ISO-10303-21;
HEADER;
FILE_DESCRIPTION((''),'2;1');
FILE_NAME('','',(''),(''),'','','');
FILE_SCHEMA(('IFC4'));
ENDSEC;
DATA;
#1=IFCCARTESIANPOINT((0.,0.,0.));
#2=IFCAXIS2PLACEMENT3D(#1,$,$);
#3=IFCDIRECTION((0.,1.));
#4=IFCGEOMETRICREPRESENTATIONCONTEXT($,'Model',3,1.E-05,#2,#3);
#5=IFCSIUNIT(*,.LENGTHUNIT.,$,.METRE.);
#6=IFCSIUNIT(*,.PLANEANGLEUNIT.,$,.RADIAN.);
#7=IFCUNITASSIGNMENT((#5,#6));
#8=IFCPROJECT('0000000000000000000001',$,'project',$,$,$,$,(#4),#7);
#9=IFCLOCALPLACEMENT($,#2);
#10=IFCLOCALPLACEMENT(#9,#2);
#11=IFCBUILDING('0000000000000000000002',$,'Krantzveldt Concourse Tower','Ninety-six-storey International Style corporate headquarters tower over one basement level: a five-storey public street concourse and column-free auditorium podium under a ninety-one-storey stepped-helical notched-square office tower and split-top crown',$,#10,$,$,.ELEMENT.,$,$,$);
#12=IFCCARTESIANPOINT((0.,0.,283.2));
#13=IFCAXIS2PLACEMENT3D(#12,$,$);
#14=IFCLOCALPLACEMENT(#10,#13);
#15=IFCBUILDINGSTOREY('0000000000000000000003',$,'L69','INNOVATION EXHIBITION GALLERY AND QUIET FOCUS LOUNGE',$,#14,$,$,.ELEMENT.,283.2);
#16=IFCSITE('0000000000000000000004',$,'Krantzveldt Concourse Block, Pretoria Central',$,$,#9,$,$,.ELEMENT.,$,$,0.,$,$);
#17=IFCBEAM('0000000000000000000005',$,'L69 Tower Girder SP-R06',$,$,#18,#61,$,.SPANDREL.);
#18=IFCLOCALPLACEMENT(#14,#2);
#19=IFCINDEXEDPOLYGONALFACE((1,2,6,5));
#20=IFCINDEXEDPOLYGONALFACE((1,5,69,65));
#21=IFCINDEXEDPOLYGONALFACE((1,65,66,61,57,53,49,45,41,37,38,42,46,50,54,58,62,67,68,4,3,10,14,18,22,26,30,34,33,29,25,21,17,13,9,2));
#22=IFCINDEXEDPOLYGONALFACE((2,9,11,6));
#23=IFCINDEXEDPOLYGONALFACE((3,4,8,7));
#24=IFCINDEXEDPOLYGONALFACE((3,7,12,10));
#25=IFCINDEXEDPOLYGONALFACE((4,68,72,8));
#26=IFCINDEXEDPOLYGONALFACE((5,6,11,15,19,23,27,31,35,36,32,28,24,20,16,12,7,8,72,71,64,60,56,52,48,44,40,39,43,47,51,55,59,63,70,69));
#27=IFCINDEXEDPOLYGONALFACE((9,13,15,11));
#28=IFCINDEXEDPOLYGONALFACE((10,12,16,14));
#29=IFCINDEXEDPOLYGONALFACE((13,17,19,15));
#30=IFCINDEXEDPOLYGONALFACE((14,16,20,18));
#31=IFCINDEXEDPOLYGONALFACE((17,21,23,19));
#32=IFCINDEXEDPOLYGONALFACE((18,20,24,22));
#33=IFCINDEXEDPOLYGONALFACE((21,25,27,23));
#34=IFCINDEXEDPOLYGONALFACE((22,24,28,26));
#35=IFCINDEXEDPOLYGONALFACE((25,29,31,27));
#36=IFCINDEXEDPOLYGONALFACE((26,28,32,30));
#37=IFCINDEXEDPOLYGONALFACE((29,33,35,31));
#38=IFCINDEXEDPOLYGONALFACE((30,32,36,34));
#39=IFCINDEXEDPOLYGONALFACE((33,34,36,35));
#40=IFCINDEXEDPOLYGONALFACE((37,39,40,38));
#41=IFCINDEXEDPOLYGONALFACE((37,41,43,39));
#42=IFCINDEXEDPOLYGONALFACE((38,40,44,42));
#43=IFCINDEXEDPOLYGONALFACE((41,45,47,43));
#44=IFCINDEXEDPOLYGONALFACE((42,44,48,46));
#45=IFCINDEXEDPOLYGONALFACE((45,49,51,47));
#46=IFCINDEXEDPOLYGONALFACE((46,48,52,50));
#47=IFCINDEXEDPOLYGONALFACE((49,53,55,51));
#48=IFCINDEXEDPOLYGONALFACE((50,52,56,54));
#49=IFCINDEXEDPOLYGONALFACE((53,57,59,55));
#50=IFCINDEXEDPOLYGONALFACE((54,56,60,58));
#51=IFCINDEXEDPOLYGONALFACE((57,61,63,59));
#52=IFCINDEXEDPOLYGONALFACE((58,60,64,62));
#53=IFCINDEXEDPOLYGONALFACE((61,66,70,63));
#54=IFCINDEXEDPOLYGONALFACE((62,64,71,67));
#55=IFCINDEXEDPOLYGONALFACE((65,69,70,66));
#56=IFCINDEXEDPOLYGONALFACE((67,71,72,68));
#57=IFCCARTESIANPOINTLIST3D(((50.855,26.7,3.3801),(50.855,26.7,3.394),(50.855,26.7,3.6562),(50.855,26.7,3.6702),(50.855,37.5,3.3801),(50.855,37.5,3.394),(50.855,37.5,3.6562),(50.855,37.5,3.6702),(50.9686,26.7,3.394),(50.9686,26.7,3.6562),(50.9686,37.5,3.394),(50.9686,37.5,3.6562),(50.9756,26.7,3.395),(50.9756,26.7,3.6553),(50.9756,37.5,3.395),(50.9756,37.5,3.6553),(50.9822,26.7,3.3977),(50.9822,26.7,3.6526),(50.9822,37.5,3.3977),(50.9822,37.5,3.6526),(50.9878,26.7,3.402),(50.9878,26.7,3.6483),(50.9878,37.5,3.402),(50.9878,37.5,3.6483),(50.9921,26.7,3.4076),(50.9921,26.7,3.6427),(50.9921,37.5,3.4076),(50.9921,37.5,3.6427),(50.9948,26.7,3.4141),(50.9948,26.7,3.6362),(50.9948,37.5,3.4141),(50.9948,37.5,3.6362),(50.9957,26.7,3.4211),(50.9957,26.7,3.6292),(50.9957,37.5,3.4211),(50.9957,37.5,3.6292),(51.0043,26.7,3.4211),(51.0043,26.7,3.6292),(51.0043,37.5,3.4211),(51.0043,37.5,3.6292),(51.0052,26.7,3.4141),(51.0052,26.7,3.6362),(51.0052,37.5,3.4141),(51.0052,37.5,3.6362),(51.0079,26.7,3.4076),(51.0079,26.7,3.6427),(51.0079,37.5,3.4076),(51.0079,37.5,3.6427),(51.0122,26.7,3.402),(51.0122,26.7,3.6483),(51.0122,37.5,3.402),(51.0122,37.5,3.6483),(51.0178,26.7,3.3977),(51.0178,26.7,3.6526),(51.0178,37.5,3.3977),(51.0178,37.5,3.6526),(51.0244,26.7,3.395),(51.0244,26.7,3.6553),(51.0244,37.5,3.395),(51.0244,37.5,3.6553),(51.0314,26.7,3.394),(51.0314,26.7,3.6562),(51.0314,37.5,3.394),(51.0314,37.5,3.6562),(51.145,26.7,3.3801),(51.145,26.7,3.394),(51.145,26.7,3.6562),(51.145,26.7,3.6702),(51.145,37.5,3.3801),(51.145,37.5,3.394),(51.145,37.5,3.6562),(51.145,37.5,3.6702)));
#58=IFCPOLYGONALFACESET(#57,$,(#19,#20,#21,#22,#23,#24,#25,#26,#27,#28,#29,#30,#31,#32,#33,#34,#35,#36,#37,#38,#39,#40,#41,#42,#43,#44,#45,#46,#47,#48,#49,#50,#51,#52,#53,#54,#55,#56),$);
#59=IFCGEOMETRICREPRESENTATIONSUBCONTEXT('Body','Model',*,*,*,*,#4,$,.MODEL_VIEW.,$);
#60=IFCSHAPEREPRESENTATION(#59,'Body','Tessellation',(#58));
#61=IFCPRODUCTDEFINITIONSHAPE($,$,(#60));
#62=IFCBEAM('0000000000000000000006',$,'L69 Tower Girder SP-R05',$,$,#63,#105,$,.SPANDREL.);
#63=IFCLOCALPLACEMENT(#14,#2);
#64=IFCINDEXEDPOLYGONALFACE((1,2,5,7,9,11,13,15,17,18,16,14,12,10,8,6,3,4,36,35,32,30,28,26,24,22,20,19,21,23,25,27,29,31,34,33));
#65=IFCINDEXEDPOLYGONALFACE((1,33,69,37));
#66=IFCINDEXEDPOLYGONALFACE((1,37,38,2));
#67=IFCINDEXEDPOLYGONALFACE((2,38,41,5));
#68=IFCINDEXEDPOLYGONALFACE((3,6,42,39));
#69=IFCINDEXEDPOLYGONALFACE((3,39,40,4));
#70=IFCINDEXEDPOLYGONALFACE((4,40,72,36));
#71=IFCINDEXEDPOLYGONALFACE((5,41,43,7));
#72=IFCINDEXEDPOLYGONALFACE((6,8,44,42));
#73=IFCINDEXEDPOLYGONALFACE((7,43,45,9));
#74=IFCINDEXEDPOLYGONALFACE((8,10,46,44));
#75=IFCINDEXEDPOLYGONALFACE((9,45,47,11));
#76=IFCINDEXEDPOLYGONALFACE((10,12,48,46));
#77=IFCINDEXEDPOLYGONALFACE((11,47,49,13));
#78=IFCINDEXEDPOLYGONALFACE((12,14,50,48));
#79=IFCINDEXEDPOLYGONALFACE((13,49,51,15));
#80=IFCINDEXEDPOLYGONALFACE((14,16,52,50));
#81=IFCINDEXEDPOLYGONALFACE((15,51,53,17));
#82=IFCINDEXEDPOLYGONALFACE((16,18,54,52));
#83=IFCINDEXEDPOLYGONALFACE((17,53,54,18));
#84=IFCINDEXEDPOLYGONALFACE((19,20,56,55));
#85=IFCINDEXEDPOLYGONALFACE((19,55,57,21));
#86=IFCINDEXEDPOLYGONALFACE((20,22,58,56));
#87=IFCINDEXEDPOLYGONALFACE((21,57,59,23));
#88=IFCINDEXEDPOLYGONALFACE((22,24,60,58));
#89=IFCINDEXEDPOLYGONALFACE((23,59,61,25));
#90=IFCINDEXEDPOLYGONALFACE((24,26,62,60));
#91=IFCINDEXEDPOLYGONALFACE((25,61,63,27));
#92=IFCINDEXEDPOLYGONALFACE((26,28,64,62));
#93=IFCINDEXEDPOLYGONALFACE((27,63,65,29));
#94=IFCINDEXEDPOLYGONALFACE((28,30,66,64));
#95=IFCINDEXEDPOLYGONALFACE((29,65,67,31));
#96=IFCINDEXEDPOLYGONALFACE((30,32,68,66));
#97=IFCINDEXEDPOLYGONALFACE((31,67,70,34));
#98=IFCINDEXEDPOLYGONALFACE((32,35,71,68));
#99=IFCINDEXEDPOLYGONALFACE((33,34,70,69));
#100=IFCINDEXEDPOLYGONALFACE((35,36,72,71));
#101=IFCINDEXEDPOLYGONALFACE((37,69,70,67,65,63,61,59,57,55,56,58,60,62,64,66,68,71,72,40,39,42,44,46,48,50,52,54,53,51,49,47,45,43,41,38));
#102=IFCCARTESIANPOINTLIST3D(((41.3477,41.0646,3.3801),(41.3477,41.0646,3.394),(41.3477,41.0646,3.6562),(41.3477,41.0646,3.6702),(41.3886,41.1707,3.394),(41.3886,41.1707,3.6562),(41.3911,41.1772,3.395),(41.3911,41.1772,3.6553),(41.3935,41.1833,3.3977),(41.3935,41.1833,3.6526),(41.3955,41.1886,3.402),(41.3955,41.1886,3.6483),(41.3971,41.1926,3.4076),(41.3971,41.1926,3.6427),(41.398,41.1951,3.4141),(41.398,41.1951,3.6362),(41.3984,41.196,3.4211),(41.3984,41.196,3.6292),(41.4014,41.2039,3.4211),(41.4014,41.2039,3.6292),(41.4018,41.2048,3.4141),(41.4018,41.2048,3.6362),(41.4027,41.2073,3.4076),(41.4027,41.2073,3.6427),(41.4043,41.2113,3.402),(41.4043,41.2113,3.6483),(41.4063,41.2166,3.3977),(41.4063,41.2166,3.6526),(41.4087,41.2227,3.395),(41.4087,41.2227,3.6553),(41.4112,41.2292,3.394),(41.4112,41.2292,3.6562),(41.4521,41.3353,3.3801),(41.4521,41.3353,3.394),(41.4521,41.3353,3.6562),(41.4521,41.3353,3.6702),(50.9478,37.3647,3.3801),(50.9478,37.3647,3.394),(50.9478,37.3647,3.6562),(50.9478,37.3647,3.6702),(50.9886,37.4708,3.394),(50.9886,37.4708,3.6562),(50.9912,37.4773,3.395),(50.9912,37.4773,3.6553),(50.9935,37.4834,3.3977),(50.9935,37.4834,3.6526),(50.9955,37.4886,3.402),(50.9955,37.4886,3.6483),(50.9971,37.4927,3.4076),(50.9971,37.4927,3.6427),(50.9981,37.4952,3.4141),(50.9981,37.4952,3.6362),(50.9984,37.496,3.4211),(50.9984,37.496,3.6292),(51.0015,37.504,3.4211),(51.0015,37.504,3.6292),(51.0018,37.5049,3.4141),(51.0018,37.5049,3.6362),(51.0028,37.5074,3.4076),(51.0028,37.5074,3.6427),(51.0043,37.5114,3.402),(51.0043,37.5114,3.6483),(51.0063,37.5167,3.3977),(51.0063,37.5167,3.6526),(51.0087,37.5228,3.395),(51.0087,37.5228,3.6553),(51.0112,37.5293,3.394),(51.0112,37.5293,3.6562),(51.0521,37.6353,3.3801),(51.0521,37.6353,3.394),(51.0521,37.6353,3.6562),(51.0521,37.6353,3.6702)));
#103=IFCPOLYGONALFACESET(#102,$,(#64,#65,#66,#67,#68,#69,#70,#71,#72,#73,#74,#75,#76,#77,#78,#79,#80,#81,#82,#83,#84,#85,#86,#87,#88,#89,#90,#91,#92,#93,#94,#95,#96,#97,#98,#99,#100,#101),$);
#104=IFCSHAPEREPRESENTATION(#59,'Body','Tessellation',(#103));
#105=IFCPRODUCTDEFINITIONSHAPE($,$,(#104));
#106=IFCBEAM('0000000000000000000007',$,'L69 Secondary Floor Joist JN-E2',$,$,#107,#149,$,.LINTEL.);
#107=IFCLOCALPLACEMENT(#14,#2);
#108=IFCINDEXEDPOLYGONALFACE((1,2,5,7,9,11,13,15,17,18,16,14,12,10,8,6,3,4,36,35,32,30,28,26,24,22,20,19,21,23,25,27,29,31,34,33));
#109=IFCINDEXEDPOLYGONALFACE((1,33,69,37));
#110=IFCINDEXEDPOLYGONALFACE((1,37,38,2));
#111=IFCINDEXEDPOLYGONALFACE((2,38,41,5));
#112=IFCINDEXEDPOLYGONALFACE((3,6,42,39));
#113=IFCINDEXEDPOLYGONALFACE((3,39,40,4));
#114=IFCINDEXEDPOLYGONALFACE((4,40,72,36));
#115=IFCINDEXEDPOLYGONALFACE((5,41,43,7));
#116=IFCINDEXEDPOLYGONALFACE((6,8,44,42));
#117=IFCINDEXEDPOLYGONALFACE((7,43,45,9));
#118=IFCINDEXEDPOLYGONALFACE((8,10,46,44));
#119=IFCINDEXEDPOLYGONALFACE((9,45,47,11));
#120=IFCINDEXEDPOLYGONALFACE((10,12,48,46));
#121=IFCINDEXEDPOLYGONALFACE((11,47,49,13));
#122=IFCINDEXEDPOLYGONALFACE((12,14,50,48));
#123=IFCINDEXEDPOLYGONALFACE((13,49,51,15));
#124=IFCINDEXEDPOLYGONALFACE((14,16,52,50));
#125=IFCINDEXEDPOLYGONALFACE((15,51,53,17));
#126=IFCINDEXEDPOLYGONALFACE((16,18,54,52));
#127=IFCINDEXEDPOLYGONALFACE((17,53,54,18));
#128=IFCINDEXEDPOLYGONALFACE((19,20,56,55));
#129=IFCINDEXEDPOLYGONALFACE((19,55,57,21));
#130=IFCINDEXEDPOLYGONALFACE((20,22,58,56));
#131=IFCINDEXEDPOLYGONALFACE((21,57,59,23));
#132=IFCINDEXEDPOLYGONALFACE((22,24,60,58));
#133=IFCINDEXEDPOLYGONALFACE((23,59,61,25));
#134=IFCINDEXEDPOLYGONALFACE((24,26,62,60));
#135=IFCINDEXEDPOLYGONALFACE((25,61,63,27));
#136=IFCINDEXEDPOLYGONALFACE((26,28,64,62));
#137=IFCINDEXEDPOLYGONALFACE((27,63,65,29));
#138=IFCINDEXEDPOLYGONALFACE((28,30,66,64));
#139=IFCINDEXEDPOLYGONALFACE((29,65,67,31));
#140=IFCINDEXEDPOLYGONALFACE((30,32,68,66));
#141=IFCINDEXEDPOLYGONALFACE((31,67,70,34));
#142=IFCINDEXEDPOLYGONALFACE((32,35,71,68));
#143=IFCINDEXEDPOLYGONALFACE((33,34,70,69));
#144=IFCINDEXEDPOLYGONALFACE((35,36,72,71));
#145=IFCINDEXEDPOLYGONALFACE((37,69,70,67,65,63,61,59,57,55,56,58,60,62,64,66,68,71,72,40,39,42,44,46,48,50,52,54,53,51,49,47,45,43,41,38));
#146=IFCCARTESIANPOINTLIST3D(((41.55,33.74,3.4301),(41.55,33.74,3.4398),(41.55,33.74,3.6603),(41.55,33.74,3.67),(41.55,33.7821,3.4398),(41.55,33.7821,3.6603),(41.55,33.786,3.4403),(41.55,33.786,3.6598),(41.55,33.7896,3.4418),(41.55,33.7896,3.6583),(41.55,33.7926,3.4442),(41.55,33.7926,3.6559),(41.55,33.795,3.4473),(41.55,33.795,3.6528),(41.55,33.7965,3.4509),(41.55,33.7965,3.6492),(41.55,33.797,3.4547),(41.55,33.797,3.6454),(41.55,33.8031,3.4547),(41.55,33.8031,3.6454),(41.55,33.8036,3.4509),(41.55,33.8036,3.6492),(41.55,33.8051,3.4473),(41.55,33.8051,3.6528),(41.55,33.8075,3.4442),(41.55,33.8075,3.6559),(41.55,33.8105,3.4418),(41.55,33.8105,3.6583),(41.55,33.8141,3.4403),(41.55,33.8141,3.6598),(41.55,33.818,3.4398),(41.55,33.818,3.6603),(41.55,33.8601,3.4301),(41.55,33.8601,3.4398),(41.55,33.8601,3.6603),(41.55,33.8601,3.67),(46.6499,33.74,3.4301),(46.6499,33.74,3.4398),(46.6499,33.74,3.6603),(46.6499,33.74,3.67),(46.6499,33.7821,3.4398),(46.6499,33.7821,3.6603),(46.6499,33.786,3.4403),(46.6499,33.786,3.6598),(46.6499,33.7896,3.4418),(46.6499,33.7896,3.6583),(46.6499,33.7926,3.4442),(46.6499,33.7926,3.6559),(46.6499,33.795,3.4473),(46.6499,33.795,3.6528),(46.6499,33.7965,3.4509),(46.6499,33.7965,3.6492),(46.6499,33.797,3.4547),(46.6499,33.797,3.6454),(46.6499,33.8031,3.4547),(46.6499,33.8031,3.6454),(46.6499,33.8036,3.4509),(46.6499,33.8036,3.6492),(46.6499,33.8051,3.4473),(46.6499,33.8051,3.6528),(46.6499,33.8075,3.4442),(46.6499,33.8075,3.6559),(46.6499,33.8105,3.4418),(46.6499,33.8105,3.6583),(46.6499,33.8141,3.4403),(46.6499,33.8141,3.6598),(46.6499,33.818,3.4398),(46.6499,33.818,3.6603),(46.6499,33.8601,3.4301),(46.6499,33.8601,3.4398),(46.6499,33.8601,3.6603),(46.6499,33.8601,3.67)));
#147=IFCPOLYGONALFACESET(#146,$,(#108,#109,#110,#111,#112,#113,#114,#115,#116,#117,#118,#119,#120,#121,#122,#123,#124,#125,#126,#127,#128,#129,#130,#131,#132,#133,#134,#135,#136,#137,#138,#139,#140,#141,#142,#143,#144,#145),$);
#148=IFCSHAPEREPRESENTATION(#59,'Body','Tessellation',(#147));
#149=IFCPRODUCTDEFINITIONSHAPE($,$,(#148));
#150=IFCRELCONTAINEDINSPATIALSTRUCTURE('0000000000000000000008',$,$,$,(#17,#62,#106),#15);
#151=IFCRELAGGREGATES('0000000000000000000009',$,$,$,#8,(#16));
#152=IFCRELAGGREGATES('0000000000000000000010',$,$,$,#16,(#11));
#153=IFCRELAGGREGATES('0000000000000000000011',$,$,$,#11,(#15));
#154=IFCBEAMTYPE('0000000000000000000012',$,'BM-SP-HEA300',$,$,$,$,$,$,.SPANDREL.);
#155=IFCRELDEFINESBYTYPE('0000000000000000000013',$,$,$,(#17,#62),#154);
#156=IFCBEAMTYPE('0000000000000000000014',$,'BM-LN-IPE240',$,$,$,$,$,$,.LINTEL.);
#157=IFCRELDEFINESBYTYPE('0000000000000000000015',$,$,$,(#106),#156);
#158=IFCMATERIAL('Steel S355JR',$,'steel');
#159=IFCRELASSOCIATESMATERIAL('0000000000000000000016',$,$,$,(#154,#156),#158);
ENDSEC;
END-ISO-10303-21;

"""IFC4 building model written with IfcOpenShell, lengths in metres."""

from ifc_helpers import new_model, si_unit, direction, frame, origin, origin_2d, place, context, subcontext, project, spatial, i_section, extrude, source, transform, mapped, material, material_profile, profile_set, type_object, type_shapes, element, save


model = new_model("IFC4")

# Units and contexts
model_context = context("Model", 3, precision=1e-05, world=origin(), true_north=direction((0.0, 1.0)))
body_context = subcontext(model_context, "Body", "Model", "MODEL_VIEW")
ifc_project = project(units=[si_unit("LENGTHUNIT", "METRE"), si_unit("PLANEANGLEUNIT", "RADIAN")], contexts=[model_context])

# Site, building, storey
site_placement = place(None, origin())
site = spatial("IfcSite", under=ifc_project, at=site_placement, Name="Krantzveldt Concourse Block, Pretoria Central", CompositionType="ELEMENT", RefElevation=0.0)
building_placement = place(site_placement, origin())
building = spatial("IfcBuilding", under=site, at=building_placement, Name="Krantzveldt Concourse Tower", Description="Ninety-six-storey International Style corporate headquarters tower over one basement level: a five-storey public street concourse and column-free auditorium podium under a ninety-one-storey stepped-helical notched-square office tower and split-top crown", CompositionType="ELEMENT")
storey_placement = place(building_placement, frame((0.0, 0.0, 283.2)))
storey = spatial("IfcBuildingStorey", under=building, at=storey_placement, Name="L69", Description="INNOVATION EXHIBITION GALLERY AND QUIET FOCUS LOUNGE", CompositionType="ELEMENT", Elevation=283.2)

# Beams
ifc_material_1 = material(Name="Steel S355JR", Category="steel")
ifc_material_profile_1 = material_profile(ifc_material_1, i_section(OverallWidth=0.29, OverallDepth=0.29, WebThickness=0.0085, FlangeThickness=0.0139, FilletRadius=0.0271, at=origin_2d()), Name="Steel S355JR", Category="steel")
ifc_profile_set_1 = profile_set([ifc_material_profile_1], Name="Steel S355JR - HEA 300")
beam_type_1 = type_object("IfcBeamType", Name="BM-SP-HEA300", PredefinedType="SPANDREL", material=ifc_profile_set_1)
shared_shape_1 = source(origin(), body_context, "Body", "SweptSolid", [
    extrude(i_section(OverallWidth=0.29, OverallDepth=0.29, WebThickness=0.0085, FlangeThickness=0.0139, FilletRadius=0.0271, at=origin_2d()), origin(), (0.0, 0.0, 1.0), 10.8),
])
beam_1_placement = place(storey_placement, frame((51.0, 37.5, 3.5251), z_axis=(0.0, -1.0, 0.0), x_axis=(1.0, 0.0, 0.0)))
element("IfcBeam", 1, at=beam_1_placement, inside=storey, type_object=beam_type_1, Name="L69 Tower Girder SP-R06", PredefinedType="SPANDREL", context=body_context, shape_type="MappedRepresentation", body=[
    mapped(shared_shape_1, transform((0.0, 0.0, 0.0), x_axis=(1.0, 0.0, 0.0), y_axis=(0.0, 1.0, 0.0), z_axis=(0.0, 0.0, 1.0), scale=1.0)),
])
shared_shape_2 = source(origin(), body_context, "Body", "SweptSolid", [
    extrude(i_section(OverallWidth=0.29, OverallDepth=0.29, WebThickness=0.0085, FlangeThickness=0.0139, FilletRadius=0.0271, at=origin_2d()), origin(), (0.0, 0.0, 1.0), 10.2883),
])
type_shapes(beam_type_1, [shared_shape_1, shared_shape_2])
beam_2_placement = place(storey_placement, frame((41.3999, 41.2, 3.5251), z_axis=(0.933098, -0.359623, 0.0), x_axis=(0.359623, 0.933098, 0.0)))
element("IfcBeam", 2, at=beam_2_placement, inside=storey, type_object=beam_type_1, Name="L69 Tower Girder SP-R05", PredefinedType="SPANDREL", context=body_context, shape_type="MappedRepresentation", body=[
    mapped(shared_shape_2, transform((0.0, 0.0, 0.0), x_axis=(1.0, 0.0, 0.0), y_axis=(0.0, 1.0, 0.0), z_axis=(0.0, 0.0, 1.0), scale=1.0)),
])
ifc_material_profile_2 = material_profile(ifc_material_1, i_section(OverallWidth=0.1201, OverallDepth=0.24, WebThickness=0.0061, FlangeThickness=0.0098, FilletRadius=0.0149, at=origin_2d()), Name="Steel S355JR", Category="steel")
ifc_profile_set_2 = profile_set([ifc_material_profile_2], Name="Steel S355JR - IPE 240")
beam_type_2 = type_object("IfcBeamType", Name="BM-LN-IPE240", PredefinedType="LINTEL", material=ifc_profile_set_2)
shared_shape_3 = source(origin(), body_context, "Body", "SweptSolid", [
    extrude(i_section(OverallWidth=0.1201, OverallDepth=0.24, WebThickness=0.0061, FlangeThickness=0.0098, FilletRadius=0.0149, at=origin_2d()), origin(), (0.0, 0.0, 1.0), 5.0999),
])
type_shapes(beam_type_2, [shared_shape_3])
beam_3_placement = place(storey_placement, frame((41.55, 33.8, 3.55), z_axis=(1.0, 0.0, 0.0), x_axis=(0.0, 1.0, 0.0)))
element("IfcBeam", 3, at=beam_3_placement, inside=storey, type_object=beam_type_2, Name="L69 Secondary Floor Joist JN-E2", PredefinedType="LINTEL", context=body_context, shape_type="MappedRepresentation", body=[
    mapped(shared_shape_3, transform((0.0, 0.0, 0.0), x_axis=(1.0, 0.0, 0.0), y_axis=(0.0, 1.0, 0.0), z_axis=(0.0, 0.0, 1.0), scale=1.0)),
])

save(model, "model.ifc")
